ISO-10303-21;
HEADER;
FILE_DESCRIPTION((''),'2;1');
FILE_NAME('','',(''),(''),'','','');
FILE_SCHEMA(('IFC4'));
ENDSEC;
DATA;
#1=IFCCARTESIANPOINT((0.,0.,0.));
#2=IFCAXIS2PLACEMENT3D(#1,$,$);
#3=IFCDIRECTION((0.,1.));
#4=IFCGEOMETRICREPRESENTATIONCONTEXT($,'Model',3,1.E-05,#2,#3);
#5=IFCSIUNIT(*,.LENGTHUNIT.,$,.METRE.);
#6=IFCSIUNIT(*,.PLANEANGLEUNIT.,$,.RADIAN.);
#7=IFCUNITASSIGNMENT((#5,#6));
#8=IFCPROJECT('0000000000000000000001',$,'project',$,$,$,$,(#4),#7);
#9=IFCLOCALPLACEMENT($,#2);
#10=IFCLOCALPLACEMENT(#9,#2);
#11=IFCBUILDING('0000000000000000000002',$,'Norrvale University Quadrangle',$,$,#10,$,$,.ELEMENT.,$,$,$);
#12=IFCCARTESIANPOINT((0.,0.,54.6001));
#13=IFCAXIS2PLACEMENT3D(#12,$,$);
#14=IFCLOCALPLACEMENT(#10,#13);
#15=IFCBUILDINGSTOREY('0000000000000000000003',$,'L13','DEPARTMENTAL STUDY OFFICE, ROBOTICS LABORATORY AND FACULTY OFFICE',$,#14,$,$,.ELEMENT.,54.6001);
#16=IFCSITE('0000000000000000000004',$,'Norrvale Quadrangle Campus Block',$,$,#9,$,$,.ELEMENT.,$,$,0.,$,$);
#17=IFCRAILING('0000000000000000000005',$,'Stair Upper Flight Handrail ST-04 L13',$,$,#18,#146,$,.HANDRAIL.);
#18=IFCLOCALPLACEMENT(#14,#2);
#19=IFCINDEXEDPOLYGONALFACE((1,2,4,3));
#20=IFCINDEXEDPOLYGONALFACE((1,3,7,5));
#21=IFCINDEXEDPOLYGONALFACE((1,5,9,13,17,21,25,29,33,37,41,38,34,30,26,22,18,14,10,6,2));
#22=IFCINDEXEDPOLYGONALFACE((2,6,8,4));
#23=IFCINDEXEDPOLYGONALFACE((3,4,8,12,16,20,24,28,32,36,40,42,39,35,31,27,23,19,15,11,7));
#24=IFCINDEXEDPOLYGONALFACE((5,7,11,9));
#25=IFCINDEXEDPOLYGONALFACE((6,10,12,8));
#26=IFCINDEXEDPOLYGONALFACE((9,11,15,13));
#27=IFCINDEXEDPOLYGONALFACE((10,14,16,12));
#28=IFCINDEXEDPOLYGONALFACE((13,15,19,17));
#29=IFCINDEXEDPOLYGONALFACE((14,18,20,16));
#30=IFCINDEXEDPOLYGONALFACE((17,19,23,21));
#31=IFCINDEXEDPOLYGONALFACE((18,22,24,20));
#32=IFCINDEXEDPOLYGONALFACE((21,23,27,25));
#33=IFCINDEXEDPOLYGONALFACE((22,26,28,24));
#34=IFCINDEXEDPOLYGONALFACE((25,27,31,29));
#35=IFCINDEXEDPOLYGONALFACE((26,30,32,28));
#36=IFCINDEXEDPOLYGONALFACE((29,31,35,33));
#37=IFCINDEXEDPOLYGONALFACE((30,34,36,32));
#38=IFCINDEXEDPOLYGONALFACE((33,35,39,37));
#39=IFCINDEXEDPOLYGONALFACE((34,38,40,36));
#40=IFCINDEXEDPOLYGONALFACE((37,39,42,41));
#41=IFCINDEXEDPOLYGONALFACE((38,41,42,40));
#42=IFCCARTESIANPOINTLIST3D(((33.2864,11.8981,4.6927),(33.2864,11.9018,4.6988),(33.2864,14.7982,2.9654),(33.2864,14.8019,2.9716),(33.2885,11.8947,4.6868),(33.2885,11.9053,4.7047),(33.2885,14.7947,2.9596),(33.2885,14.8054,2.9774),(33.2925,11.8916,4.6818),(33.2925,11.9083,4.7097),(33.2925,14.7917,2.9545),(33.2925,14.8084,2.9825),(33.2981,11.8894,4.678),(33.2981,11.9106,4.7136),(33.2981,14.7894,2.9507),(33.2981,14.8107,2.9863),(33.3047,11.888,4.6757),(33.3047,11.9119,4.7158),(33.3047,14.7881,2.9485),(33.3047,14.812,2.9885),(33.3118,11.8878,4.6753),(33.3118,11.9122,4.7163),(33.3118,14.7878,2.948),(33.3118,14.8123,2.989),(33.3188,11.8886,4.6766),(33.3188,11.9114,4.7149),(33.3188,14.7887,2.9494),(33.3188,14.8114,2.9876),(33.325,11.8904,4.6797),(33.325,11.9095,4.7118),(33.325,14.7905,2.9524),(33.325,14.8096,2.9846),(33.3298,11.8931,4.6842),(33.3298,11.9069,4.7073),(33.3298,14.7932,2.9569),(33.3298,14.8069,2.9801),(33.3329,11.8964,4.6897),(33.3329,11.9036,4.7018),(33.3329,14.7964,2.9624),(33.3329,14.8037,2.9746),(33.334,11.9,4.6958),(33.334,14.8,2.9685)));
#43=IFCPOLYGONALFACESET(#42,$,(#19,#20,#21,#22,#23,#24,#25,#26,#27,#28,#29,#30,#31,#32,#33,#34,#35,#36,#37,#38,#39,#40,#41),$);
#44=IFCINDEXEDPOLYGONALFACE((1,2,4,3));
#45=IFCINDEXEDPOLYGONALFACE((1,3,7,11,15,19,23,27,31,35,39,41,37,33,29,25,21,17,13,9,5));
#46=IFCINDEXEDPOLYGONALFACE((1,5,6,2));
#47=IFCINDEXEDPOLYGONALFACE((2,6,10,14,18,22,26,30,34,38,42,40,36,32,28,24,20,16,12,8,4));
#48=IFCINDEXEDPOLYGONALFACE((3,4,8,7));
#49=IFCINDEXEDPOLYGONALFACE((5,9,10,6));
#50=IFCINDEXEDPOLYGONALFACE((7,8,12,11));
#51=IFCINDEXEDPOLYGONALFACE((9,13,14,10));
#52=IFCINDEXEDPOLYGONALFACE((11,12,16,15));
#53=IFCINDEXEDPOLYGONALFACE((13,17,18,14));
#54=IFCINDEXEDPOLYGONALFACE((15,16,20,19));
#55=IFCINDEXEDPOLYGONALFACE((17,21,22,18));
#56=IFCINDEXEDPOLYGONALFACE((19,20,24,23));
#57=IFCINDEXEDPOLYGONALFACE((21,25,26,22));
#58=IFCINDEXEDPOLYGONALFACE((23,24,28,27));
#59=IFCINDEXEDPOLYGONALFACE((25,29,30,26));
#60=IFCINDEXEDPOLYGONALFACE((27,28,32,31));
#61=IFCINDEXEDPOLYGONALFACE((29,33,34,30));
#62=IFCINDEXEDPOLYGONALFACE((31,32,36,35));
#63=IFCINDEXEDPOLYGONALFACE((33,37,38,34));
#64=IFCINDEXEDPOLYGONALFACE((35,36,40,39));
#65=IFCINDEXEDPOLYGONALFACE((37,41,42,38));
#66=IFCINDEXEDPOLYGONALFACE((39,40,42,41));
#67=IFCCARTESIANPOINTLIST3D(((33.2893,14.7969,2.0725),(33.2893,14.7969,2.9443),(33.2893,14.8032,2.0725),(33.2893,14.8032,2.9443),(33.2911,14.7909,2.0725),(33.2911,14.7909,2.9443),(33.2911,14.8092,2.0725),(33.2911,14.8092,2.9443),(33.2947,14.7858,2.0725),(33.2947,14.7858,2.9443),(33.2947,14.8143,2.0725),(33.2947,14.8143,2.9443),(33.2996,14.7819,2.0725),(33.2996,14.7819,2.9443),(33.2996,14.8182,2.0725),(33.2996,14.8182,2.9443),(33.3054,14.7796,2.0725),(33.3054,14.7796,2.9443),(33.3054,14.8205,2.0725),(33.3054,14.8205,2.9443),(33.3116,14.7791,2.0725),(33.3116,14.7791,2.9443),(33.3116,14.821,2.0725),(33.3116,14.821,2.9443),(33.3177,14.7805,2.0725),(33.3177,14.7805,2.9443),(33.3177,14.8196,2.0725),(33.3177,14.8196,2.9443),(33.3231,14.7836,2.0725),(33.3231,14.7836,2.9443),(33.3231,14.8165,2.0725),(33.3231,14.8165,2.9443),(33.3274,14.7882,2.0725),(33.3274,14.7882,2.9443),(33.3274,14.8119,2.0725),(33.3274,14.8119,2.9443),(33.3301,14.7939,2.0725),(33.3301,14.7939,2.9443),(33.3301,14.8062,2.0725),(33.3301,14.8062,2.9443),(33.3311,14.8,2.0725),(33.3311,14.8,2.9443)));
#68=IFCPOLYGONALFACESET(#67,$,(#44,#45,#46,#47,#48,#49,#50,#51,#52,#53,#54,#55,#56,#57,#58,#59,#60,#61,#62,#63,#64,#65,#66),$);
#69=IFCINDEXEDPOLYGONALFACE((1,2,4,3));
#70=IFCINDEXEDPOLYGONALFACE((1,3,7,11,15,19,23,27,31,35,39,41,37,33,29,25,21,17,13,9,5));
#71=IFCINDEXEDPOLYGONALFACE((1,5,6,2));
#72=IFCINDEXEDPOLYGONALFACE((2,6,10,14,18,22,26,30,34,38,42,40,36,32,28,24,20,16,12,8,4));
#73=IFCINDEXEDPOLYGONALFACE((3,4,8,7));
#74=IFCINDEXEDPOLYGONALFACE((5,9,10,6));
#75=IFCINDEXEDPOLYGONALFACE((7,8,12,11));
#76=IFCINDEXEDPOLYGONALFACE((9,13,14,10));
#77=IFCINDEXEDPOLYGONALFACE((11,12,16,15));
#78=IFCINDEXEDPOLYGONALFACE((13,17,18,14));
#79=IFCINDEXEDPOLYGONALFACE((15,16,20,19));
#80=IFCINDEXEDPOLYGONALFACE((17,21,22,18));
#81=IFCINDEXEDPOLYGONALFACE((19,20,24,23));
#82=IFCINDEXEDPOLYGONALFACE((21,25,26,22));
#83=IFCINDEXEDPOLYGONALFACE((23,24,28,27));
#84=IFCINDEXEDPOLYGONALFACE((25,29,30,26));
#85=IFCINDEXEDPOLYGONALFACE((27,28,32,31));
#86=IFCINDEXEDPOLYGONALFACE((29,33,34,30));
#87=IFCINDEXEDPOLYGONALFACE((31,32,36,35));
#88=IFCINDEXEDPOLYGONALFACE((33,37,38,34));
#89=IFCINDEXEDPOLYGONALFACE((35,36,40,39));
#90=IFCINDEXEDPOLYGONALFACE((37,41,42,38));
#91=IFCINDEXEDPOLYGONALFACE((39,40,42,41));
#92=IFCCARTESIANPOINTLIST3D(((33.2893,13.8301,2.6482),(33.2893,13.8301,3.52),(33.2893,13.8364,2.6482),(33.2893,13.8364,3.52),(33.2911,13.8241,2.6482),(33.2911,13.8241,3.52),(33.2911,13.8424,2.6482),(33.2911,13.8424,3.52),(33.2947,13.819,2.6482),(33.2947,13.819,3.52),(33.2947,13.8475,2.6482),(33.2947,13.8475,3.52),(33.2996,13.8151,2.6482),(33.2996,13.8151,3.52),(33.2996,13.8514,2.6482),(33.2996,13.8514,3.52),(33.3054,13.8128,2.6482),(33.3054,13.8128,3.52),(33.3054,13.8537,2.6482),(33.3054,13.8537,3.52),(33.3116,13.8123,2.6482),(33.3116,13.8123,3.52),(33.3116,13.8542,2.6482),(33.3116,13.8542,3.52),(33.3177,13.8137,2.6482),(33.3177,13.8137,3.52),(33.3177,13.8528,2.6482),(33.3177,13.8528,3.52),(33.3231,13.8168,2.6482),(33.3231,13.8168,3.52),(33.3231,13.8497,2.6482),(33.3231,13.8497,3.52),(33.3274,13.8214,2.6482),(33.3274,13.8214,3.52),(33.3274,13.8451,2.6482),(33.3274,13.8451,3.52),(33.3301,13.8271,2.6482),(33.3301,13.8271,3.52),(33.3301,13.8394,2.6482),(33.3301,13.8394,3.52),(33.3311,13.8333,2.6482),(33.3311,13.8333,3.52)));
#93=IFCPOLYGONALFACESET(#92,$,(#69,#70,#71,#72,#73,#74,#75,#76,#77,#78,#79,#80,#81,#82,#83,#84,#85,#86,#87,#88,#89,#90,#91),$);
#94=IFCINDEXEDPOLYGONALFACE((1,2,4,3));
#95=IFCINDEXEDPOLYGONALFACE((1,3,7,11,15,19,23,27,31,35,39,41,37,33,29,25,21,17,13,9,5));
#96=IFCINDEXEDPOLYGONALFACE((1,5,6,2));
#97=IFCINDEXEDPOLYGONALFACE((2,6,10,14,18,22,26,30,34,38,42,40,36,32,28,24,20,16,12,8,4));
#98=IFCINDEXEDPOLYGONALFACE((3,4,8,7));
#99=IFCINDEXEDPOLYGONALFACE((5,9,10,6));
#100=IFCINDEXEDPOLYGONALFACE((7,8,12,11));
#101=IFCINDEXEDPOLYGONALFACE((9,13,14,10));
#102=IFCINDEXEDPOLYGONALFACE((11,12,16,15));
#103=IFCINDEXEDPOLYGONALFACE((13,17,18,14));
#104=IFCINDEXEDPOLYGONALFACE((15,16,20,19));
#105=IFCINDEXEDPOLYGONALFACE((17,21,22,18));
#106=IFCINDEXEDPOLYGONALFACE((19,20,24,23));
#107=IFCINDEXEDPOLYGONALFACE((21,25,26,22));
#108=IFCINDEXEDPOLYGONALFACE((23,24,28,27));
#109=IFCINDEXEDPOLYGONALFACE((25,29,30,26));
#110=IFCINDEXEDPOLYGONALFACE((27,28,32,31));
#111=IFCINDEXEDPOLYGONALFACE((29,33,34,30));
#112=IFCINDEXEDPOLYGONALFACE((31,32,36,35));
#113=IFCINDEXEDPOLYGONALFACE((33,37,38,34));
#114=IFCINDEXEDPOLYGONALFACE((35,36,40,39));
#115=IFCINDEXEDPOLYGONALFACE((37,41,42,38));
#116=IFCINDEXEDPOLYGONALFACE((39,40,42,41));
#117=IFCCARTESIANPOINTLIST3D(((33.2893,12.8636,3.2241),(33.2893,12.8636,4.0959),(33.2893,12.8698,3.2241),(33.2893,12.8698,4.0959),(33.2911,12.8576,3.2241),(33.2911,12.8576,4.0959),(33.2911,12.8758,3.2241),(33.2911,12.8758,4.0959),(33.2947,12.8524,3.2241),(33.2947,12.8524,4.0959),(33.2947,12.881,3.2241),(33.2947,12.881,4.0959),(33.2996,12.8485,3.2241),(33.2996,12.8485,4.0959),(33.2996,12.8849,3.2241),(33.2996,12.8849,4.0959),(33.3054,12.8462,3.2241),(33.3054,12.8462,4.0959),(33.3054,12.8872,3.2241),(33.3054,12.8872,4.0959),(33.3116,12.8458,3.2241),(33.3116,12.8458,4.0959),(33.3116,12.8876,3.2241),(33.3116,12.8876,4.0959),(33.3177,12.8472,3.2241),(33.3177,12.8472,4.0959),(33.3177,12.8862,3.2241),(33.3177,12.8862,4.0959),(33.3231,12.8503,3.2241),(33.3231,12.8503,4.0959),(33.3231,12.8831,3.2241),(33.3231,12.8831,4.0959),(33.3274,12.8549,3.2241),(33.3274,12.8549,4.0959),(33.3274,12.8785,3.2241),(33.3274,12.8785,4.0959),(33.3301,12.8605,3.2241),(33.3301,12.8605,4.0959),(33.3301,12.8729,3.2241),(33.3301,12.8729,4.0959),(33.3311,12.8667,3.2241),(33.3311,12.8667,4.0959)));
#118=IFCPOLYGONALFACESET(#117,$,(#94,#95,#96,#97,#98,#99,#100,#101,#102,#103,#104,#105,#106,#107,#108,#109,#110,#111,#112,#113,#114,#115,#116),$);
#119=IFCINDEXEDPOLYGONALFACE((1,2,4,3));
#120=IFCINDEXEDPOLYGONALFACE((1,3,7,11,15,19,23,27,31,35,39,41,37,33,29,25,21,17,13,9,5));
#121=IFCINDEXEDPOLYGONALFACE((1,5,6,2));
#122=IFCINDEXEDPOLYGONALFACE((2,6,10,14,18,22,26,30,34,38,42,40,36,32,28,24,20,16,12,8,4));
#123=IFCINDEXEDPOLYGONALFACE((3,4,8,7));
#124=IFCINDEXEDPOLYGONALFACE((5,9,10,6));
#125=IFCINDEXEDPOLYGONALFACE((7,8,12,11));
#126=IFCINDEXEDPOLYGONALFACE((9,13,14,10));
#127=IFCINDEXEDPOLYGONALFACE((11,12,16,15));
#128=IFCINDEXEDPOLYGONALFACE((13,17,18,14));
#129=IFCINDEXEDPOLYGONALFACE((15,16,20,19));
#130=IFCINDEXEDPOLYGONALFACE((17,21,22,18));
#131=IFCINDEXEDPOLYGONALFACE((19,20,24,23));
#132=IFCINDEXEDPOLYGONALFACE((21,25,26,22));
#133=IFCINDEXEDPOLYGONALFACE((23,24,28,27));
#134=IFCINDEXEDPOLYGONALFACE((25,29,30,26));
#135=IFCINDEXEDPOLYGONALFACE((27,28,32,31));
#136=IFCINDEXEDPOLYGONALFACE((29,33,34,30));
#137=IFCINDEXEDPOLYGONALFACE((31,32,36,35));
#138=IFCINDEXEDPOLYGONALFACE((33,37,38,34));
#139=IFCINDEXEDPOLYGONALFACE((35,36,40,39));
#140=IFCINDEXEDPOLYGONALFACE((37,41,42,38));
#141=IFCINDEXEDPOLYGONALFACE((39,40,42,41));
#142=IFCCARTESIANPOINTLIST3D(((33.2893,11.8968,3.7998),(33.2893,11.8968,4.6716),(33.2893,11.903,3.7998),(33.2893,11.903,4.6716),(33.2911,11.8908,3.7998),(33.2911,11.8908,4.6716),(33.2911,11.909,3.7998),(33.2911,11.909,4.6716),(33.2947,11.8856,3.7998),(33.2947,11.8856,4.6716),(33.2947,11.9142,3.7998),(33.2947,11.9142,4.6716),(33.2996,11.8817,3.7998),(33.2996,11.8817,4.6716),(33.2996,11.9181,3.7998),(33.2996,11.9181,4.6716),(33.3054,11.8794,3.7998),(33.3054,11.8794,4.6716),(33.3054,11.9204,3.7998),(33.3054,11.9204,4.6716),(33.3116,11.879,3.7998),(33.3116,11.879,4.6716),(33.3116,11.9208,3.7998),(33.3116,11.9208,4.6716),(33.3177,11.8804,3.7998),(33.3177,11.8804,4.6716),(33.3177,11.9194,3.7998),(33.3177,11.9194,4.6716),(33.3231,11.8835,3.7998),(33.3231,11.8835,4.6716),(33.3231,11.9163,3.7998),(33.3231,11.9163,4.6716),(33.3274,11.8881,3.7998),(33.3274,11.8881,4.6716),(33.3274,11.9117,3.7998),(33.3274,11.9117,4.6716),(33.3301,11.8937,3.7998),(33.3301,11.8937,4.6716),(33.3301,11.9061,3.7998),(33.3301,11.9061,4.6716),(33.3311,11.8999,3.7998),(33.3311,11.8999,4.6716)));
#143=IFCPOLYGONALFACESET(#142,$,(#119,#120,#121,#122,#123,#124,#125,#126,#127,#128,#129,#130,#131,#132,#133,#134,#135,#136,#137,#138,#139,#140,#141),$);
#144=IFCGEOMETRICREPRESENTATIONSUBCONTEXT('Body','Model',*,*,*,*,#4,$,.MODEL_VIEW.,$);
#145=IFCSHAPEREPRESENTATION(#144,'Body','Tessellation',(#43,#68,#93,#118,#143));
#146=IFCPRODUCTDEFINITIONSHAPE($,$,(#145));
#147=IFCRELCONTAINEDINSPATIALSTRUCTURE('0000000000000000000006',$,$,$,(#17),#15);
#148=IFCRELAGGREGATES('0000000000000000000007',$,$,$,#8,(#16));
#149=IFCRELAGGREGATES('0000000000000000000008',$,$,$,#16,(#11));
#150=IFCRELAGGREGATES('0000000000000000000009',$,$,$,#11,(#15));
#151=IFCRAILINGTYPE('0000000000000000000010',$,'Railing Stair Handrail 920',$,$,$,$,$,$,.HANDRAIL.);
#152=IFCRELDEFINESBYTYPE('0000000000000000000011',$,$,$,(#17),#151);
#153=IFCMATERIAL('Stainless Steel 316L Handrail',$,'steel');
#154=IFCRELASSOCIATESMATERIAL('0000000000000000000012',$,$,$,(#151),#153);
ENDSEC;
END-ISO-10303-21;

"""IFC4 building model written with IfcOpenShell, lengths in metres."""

from ifc_helpers import new_model, si_unit, direction, frame, origin, origin_2d, place, context, subcontext, project, spatial, circle, extrude, material, type_object, element, save


model = new_model("IFC4")

# Units and contexts
model_context = context("Model", 3, precision=1e-05, world=origin(), true_north=direction((0.0, 1.0)))
body_context = subcontext(model_context, "Body", "Model", "MODEL_VIEW")
ifc_project = project(units=[si_unit("LENGTHUNIT", "METRE"), si_unit("PLANEANGLEUNIT", "RADIAN")], contexts=[model_context])

# Site, building, storey
site_placement = place(None, origin())
site = spatial("IfcSite", under=ifc_project, at=site_placement, Name="Norrvale Quadrangle Campus Block", CompositionType="ELEMENT", RefElevation=0.0)
building_placement = place(site_placement, origin())
building = spatial("IfcBuilding", under=site, at=building_placement, Name="Norrvale University Quadrangle", CompositionType="ELEMENT")
storey_placement = place(building_placement, frame((0.0, 0.0, 54.6001)))
storey = spatial("IfcBuildingStorey", under=building, at=storey_placement, Name="L13", Description="DEPARTMENTAL STUDY OFFICE, ROBOTICS LABORATORY AND FACULTY OFFICE", CompositionType="ELEMENT", Elevation=54.6001)

# Railing
ifc_material_1 = material(Name="Stainless Steel 316L Handrail", Category="steel")
railing_type_1 = type_object("IfcRailingType", Name="Railing Stair Handrail 920", PredefinedType="HANDRAIL", material=ifc_material_1)
railing_1_placement = place(storey_placement, frame((33.3101, 14.8, 2.0725)))
element("IfcRailing", 1, at=railing_1_placement, inside=storey, type_object=railing_type_1, Name="Stair Upper Flight Handrail ST-04 L13", PredefinedType="HANDRAIL", context=body_context, shape_type="SweptSolid", body=[
    extrude(circle(Radius=0.0239, at=origin_2d()), frame((0.0, 0.0, 0.896), z_axis=(0.0, -0.85916, 0.511706), x_axis=(1.0, 0.0, 0.0)), (0.0, 0.0, 1.0), 3.3755),
    extrude(circle(Radius=0.021, at=origin_2d()), origin(), (0.0, 0.0, 1.0), 0.8718),
    extrude(circle(Radius=0.021, at=origin_2d()), frame((0.0, -0.9668, 0.5757)), (0.0, 0.0, 1.0), 0.8718),
    extrude(circle(Radius=0.021, at=origin_2d()), frame((0.0, -1.9333, 1.1516)), (0.0, 0.0, 1.0), 0.8718),
    extrude(circle(Radius=0.021, at=origin_2d()), frame((0.0, -2.9001, 1.7273)), (0.0, 0.0, 1.0), 0.8718),
])

save(model, "model.ifc")
